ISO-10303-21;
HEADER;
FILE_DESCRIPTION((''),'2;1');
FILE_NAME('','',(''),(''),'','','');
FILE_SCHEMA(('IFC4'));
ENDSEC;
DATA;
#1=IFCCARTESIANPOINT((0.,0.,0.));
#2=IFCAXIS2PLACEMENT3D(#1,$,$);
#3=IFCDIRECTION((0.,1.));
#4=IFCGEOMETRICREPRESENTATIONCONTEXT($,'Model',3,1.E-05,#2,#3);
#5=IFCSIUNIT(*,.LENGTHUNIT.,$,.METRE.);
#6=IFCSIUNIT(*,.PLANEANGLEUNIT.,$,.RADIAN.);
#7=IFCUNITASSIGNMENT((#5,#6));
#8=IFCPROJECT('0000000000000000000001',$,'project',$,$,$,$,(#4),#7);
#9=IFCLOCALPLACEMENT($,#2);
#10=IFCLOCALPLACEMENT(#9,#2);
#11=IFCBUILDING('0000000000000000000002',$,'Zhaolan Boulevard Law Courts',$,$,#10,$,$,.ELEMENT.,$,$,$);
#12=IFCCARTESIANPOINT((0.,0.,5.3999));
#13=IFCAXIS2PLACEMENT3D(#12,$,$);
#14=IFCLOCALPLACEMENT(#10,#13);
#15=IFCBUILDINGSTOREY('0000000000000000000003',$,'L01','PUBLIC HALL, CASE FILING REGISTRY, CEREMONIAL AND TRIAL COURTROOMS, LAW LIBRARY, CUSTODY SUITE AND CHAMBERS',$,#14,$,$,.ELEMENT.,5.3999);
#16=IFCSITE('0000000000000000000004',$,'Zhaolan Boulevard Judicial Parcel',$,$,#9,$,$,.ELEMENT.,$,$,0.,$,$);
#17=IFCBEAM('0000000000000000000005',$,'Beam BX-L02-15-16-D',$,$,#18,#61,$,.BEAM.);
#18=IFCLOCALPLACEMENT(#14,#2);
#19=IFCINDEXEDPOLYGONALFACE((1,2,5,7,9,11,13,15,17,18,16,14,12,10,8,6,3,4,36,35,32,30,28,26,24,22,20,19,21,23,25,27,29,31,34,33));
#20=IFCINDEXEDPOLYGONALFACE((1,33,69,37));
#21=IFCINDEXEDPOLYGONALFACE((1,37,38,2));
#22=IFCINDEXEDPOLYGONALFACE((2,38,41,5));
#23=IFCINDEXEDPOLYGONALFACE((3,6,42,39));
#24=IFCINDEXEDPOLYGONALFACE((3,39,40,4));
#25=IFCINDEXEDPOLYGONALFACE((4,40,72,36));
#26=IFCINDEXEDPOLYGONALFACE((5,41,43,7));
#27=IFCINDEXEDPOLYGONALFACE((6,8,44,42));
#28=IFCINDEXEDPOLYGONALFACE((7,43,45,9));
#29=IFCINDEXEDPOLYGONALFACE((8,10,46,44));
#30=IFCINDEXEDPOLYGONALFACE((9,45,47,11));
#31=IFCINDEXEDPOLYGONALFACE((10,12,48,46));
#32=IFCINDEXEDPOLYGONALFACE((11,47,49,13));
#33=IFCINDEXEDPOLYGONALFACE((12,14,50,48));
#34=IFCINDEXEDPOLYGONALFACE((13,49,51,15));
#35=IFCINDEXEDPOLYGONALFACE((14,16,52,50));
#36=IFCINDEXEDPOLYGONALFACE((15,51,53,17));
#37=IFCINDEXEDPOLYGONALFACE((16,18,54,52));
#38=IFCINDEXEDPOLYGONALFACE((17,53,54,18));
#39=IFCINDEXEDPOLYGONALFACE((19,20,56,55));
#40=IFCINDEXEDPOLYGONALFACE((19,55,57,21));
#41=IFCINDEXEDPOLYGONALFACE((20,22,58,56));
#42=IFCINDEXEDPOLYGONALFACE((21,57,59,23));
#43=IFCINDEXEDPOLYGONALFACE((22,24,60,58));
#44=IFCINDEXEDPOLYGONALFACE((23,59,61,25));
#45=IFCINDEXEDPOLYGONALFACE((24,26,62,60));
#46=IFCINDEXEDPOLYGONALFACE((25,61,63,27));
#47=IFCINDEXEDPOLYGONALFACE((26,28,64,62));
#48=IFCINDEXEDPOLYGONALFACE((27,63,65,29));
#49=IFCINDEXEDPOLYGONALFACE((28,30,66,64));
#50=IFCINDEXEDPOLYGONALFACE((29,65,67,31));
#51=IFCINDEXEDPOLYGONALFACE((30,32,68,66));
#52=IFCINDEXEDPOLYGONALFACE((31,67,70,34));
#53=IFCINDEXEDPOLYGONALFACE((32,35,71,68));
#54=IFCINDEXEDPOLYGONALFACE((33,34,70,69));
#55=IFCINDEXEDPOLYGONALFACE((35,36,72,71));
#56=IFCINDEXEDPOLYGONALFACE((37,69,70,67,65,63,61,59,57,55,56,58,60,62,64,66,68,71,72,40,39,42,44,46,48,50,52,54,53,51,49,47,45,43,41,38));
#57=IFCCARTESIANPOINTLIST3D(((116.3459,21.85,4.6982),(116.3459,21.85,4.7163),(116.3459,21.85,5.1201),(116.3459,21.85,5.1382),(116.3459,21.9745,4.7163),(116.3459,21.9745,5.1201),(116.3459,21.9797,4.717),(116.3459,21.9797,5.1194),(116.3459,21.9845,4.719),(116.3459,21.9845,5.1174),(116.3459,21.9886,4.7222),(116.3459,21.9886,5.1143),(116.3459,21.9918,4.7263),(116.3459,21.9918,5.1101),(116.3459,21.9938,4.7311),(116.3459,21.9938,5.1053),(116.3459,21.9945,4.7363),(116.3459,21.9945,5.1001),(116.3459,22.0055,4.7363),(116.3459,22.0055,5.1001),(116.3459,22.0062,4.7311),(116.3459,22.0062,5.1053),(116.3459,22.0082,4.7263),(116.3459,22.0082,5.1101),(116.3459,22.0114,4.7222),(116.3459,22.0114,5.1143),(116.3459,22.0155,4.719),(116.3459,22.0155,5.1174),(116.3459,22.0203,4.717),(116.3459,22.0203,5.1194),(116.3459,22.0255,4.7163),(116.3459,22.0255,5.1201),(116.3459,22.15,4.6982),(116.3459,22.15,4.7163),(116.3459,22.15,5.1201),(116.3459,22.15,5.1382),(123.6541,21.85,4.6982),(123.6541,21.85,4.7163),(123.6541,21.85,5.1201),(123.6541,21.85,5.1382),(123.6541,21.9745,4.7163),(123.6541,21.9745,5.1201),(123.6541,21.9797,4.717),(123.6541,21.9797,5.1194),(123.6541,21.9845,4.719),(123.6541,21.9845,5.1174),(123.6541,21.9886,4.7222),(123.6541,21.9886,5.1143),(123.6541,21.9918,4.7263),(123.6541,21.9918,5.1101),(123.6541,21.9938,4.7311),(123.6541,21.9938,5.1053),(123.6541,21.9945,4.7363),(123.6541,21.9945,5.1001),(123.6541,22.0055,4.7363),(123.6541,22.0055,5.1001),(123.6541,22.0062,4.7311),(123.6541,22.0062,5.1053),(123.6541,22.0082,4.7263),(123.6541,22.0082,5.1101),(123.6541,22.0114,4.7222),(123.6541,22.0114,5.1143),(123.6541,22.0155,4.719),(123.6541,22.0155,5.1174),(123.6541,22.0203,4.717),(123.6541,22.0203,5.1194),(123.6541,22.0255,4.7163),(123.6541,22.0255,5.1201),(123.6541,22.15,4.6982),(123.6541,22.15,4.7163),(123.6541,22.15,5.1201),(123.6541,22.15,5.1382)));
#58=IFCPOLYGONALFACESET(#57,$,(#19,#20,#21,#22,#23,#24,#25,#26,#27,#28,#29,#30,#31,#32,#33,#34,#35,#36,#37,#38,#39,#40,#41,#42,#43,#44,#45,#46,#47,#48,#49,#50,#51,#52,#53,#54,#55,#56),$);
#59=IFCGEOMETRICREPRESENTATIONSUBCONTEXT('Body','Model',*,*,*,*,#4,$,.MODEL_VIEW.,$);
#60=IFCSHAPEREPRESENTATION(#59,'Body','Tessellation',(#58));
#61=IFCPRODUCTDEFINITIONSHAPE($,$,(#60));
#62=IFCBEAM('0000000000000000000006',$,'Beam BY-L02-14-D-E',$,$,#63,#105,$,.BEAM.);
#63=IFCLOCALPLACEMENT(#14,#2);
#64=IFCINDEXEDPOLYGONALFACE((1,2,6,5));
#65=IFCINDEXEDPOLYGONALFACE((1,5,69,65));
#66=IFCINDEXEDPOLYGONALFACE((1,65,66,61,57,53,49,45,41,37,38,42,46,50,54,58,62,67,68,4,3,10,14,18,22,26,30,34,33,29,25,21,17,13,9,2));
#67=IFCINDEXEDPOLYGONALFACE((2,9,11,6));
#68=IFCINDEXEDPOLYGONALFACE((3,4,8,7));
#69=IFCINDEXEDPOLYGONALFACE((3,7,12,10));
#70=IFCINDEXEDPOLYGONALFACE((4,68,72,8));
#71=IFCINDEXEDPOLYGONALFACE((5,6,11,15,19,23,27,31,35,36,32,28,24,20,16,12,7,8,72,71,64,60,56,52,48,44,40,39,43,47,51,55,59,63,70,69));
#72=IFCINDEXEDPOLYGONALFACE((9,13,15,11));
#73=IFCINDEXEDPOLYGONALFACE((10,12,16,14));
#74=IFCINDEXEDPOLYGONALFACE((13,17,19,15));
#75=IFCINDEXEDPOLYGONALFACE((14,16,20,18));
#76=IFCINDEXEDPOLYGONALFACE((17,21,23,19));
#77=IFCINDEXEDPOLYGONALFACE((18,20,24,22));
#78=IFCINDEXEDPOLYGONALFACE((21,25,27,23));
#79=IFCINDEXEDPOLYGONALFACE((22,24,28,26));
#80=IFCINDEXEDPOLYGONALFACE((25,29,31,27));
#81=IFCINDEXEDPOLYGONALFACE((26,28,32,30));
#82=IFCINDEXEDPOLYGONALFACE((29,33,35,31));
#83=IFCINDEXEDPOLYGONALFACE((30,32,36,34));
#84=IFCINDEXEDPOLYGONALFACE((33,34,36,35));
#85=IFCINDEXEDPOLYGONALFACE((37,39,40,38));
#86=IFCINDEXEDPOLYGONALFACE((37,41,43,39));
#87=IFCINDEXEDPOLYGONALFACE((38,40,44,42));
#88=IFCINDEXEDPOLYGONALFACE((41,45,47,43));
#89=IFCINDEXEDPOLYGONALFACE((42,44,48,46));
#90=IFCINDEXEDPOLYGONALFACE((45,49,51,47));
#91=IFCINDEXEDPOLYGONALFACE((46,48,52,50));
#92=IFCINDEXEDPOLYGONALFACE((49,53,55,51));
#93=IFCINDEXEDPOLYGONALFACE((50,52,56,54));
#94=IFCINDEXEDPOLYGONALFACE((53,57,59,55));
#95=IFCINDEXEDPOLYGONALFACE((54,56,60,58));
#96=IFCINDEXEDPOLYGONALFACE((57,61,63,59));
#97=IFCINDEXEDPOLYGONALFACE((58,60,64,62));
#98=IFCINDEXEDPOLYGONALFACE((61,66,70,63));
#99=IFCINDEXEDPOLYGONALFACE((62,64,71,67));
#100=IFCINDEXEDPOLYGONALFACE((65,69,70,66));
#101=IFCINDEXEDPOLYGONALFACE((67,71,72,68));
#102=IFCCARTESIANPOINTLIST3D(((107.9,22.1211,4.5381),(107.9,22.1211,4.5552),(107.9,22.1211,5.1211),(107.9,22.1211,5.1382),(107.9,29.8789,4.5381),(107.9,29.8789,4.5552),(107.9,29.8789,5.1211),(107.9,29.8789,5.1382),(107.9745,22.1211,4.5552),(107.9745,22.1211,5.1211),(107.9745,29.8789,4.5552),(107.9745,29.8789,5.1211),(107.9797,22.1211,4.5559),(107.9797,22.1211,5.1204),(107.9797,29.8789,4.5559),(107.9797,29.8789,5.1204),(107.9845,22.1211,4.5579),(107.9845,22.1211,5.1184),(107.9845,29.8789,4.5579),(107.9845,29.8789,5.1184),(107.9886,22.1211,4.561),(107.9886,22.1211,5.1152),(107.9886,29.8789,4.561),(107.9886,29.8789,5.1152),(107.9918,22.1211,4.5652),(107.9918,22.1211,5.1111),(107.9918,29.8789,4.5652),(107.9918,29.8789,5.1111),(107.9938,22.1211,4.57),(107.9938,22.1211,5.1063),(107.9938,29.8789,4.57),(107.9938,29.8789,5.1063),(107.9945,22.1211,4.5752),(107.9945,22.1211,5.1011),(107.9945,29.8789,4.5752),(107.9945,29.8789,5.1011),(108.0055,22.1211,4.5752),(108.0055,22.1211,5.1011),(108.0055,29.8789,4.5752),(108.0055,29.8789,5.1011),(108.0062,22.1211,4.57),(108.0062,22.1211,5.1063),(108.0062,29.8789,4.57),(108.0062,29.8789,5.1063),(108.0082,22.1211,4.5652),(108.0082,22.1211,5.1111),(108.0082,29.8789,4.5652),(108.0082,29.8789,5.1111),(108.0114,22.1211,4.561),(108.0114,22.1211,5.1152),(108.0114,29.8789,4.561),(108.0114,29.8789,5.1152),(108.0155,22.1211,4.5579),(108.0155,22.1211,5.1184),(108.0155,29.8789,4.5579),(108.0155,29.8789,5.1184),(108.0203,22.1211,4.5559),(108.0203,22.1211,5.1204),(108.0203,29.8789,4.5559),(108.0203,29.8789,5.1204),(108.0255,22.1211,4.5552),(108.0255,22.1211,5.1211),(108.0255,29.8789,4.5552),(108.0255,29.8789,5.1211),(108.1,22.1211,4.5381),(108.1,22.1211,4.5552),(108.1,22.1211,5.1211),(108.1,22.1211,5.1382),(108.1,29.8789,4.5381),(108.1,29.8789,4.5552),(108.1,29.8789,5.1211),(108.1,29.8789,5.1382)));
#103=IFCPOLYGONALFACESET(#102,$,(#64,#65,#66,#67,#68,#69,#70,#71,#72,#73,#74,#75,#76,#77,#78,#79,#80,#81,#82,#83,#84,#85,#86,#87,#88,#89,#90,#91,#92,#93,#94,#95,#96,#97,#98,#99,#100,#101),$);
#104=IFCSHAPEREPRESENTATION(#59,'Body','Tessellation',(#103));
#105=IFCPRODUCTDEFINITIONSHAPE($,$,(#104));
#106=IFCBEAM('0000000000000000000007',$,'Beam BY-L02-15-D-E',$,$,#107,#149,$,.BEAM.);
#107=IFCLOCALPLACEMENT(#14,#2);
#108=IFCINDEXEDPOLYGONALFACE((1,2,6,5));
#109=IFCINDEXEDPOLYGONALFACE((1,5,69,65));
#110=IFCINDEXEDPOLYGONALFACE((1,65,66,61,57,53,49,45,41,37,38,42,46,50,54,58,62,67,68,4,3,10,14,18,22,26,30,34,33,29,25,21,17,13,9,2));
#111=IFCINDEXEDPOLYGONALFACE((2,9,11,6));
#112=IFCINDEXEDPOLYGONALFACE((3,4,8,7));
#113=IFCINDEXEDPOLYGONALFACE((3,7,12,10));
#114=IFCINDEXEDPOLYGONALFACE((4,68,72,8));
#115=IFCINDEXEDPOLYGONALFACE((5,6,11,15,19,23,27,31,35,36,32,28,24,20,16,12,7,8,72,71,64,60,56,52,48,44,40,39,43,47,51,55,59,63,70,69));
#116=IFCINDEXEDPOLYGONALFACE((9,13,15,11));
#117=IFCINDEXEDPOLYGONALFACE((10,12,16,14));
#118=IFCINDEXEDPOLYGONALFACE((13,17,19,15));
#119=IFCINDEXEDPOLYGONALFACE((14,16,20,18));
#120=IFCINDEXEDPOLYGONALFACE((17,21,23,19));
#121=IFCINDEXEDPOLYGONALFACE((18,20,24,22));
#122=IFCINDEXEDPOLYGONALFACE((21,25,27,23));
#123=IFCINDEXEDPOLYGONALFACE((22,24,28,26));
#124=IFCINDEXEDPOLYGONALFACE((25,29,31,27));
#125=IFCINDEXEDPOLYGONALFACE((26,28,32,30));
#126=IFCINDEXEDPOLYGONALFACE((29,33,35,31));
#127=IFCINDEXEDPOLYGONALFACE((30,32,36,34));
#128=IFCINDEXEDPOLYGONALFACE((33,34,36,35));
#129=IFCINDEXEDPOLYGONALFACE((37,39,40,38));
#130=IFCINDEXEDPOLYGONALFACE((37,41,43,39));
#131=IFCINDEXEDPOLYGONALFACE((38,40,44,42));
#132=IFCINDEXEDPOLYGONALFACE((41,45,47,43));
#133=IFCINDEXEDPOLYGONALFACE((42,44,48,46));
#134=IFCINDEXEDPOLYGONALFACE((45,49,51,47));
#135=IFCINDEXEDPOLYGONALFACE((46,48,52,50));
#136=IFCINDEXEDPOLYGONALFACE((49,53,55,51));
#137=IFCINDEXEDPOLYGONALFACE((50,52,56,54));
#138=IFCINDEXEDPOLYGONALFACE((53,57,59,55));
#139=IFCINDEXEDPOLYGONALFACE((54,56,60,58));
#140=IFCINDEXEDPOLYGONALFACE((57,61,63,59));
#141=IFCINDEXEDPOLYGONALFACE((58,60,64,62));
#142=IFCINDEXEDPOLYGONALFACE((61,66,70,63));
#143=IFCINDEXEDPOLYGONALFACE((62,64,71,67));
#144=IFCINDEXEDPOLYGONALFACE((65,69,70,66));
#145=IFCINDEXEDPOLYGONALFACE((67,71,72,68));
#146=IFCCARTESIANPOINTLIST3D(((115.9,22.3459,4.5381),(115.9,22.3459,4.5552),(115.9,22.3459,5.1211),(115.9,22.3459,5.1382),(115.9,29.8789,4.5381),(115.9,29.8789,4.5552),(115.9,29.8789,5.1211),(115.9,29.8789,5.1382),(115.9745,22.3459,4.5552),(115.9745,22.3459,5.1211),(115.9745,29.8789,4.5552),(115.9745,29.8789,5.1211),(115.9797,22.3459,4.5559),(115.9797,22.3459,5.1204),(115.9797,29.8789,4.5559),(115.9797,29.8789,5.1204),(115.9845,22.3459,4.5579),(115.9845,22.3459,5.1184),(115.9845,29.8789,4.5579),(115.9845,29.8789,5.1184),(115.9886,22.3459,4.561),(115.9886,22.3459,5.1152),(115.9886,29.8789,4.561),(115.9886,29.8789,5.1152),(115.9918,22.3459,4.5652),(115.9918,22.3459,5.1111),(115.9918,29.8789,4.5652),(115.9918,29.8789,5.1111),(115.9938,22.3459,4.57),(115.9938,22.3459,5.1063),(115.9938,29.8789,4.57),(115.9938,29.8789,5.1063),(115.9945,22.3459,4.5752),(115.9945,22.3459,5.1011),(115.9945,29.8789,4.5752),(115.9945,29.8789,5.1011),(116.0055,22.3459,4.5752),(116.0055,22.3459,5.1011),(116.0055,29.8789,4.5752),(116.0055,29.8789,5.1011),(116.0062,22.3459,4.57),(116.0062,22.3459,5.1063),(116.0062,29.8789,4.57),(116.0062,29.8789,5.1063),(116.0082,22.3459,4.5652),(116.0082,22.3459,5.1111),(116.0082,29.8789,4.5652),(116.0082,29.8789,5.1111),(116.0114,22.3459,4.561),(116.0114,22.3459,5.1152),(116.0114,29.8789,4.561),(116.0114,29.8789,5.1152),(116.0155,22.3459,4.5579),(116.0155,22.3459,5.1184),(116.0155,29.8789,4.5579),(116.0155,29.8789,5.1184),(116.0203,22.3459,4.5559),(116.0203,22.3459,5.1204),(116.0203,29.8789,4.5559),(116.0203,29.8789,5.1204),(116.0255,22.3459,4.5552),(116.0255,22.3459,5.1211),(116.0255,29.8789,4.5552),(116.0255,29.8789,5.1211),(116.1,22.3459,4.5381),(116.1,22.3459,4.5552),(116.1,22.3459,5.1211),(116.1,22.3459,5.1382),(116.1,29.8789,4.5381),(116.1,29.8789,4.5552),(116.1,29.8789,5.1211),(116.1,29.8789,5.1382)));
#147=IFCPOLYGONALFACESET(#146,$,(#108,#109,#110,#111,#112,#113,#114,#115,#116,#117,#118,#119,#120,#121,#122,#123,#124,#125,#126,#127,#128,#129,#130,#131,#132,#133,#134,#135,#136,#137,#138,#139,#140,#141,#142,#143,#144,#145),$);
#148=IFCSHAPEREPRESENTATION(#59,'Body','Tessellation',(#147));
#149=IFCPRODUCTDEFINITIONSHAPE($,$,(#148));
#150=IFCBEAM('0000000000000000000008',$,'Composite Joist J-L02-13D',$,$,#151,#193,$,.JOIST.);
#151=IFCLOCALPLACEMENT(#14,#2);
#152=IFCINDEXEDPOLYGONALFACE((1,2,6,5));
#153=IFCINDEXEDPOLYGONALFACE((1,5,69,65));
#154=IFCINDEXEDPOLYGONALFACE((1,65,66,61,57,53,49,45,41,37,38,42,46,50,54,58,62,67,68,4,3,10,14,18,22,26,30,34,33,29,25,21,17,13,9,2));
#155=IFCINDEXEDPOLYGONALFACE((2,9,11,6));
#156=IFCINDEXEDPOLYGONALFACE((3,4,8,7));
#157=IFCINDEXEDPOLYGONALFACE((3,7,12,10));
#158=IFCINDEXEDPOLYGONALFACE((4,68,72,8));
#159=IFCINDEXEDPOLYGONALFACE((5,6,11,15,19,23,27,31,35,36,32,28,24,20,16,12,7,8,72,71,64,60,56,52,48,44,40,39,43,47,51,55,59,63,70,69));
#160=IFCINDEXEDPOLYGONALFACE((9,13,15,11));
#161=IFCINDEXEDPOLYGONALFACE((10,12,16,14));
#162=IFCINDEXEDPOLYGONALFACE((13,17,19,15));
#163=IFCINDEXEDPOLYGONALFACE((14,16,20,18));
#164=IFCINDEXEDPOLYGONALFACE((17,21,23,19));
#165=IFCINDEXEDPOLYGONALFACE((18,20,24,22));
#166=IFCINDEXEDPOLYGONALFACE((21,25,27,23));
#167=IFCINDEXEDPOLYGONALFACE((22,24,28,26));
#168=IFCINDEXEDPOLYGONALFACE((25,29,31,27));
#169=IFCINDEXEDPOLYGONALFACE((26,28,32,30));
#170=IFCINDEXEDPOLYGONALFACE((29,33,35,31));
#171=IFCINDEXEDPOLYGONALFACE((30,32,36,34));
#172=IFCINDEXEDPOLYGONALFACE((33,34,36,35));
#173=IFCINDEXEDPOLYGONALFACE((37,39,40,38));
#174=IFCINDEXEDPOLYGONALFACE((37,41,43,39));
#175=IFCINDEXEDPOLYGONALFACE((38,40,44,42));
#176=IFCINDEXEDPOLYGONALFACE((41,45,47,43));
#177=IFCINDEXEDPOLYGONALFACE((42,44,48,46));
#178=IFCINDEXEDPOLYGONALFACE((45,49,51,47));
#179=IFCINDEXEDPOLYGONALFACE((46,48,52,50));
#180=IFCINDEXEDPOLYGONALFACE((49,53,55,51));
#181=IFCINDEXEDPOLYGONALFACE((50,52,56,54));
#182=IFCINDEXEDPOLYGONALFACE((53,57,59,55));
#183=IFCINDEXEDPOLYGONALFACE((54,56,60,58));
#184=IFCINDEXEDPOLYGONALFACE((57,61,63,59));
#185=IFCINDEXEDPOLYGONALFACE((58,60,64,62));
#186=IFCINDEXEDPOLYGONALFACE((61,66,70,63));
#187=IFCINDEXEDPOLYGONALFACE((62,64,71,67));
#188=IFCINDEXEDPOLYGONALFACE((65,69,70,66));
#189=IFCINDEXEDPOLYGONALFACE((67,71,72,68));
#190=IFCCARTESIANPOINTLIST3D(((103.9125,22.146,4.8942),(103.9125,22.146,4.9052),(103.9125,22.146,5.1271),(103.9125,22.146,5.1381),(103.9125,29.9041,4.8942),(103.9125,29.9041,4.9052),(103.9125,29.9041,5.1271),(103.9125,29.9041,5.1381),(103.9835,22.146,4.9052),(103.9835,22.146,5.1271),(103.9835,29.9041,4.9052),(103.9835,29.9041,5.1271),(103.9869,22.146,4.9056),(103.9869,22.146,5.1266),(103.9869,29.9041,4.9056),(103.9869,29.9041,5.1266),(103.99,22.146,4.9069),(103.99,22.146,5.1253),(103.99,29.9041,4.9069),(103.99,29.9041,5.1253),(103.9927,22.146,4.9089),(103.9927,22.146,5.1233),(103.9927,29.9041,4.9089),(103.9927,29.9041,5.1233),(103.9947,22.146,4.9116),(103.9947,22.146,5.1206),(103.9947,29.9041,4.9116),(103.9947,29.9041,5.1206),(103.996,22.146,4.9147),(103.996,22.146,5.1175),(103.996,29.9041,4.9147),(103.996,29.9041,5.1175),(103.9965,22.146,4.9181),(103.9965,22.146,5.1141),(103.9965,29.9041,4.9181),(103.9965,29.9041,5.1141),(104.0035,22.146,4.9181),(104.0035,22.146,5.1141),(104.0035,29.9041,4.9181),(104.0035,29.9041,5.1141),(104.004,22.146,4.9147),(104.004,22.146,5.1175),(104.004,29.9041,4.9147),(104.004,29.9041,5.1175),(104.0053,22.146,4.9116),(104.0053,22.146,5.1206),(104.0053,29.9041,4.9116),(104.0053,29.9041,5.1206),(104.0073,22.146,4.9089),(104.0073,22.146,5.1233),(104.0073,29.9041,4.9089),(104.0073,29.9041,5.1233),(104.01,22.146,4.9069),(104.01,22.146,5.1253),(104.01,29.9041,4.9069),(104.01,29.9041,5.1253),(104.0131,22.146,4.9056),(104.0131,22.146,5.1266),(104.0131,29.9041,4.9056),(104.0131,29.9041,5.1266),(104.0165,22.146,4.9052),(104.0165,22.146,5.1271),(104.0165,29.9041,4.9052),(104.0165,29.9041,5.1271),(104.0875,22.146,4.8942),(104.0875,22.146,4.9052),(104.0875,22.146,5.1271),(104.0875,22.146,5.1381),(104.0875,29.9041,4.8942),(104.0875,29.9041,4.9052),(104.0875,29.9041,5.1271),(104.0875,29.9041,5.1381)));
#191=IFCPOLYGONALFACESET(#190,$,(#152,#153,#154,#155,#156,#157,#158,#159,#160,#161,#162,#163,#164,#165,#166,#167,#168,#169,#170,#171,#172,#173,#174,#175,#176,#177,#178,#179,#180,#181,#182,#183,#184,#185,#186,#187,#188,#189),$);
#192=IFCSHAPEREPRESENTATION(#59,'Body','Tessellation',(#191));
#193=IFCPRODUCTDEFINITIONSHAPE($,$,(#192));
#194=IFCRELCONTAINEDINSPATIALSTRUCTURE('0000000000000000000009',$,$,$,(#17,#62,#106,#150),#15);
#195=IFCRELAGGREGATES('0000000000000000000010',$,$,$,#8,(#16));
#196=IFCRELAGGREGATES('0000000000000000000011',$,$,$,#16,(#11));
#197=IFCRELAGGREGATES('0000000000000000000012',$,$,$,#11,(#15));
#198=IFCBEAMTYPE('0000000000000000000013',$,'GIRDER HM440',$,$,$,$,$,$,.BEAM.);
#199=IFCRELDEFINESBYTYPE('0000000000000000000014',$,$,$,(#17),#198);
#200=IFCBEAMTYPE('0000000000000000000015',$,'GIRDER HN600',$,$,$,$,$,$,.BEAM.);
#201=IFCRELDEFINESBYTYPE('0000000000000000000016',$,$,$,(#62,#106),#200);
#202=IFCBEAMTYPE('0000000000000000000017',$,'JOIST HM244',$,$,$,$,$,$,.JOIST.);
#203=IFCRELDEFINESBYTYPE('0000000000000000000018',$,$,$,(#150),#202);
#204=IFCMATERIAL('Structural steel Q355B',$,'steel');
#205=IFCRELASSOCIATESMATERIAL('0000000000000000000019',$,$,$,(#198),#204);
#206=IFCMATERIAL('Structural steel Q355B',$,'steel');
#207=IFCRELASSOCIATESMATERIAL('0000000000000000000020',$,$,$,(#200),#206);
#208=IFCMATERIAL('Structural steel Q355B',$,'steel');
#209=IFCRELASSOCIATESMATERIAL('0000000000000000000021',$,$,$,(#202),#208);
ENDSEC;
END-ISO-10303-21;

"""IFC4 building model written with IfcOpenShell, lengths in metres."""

from ifc_helpers import new_model, si_unit, direction, frame, origin, origin_2d, place, context, subcontext, project, spatial, i_section, extrude, material, material_profile, profile_set, type_object, element, save


model = new_model("IFC4")

# Units and contexts
model_context = context("Model", 3, precision=1e-05, world=origin(), true_north=direction((0.0, 1.0)))
body_context = subcontext(model_context, "Body", "Model", "MODEL_VIEW")
ifc_project = project(units=[si_unit("LENGTHUNIT", "METRE"), si_unit("PLANEANGLEUNIT", "RADIAN")], contexts=[model_context])

# Site, building, storey
site_placement = place(None, origin())
site = spatial("IfcSite", under=ifc_project, at=site_placement, Name="Zhaolan Boulevard Judicial Parcel", CompositionType="ELEMENT", RefElevation=0.0)
building_placement = place(site_placement, origin())
building = spatial("IfcBuilding", under=site, at=building_placement, Name="Zhaolan Boulevard Law Courts", CompositionType="ELEMENT")
storey_placement = place(building_placement, frame((0.0, 0.0, 5.3999)))
storey = spatial("IfcBuildingStorey", under=building, at=storey_placement, Name="L01", Description="PUBLIC HALL, CASE FILING REGISTRY, CEREMONIAL AND TRIAL COURTROOMS, LAW LIBRARY, CUSTODY SUITE AND CHAMBERS", CompositionType="ELEMENT", Elevation=5.3999)

# Beams
ifc_material_1 = material(Name="Structural steel Q355B", Category="steel")
ifc_material_profile_1 = material_profile(ifc_material_1, i_section(OverallWidth=0.3, OverallDepth=0.4399, WebThickness=0.011, FlangeThickness=0.0181, FilletRadius=0.02, at=origin_2d()), Name="HM440x300")
ifc_profile_set_1 = profile_set([ifc_material_profile_1], Name="Structural steel Q355B")
beam_type_1 = type_object("IfcBeamType", Name="GIRDER HM440", PredefinedType="BEAM", material=ifc_profile_set_1)
beam_1_placement = place(storey_placement, frame((116.3459, 22.0, 4.9182), z_axis=(1.0, 0.0, 0.0), x_axis=(0.0, 1.0, 0.0)))
element("IfcBeam", 1, at=beam_1_placement, inside=storey, type_object=beam_type_1, Name="Beam BX-L02-15-16-D", PredefinedType="BEAM", context=body_context, shape_type="SweptSolid", body=[
    extrude(i_section(OverallWidth=0.3, OverallDepth=0.4399, WebThickness=0.011, FlangeThickness=0.0181, FilletRadius=0.02, at=origin_2d()), origin(), (0.0, 0.0, 1.0), 7.3081),
])
ifc_material_2 = material(Name="Structural steel Q355B", Category="steel")
ifc_material_profile_2 = material_profile(ifc_material_2, i_section(OverallWidth=0.2, OverallDepth=0.6001, WebThickness=0.011, FlangeThickness=0.0171, FilletRadius=0.02, at=origin_2d()), Name="HN600x200")
ifc_profile_set_2 = profile_set([ifc_material_profile_2], Name="Structural steel Q355B")
beam_type_2 = type_object("IfcBeamType", Name="GIRDER HN600", PredefinedType="BEAM", material=ifc_profile_set_2)
beam_2_placement = place(storey_placement, frame((108.0, 22.1211, 4.8381), z_axis=(0.0, 1.0, 0.0), x_axis=(-1.0, 0.0, 0.0)))
element("IfcBeam", 2, at=beam_2_placement, inside=storey, type_object=beam_type_2, Name="Beam BY-L02-14-D-E", PredefinedType="BEAM", context=body_context, shape_type="SweptSolid", body=[
    extrude(i_section(OverallWidth=0.2, OverallDepth=0.6001, WebThickness=0.011, FlangeThickness=0.0171, FilletRadius=0.02, at=origin_2d()), origin(), (0.0, 0.0, 1.0), 7.7578),
])
beam_3_placement = place(storey_placement, frame((116.0, 22.3459, 4.8381), z_axis=(0.0, 1.0, 0.0), x_axis=(-1.0, 0.0, 0.0)))
element("IfcBeam", 3, at=beam_3_placement, inside=storey, type_object=beam_type_2, Name="Beam BY-L02-15-D-E", PredefinedType="BEAM", context=body_context, shape_type="SweptSolid", body=[
    extrude(i_section(OverallWidth=0.2, OverallDepth=0.6001, WebThickness=0.011, FlangeThickness=0.0171, FilletRadius=0.02, at=origin_2d()), origin(), (0.0, 0.0, 1.0), 7.533),
])
ifc_material_3 = material(Name="Structural steel Q355B", Category="steel")
ifc_material_profile_3 = material_profile(ifc_material_3, i_section(OverallWidth=0.175, OverallDepth=0.2439, WebThickness=0.0071, FlangeThickness=0.011, FilletRadius=0.0129, at=origin_2d()), Name="HM244x175")
ifc_profile_set_3 = profile_set([ifc_material_profile_3], Name="Structural steel Q355B")
beam_type_3 = type_object("IfcBeamType", Name="JOIST HM244", PredefinedType="JOIST", material=ifc_profile_set_3)
beam_4_placement = place(storey_placement, frame((104.0, 22.146, 5.0161), z_axis=(0.0, 1.0, 0.0), x_axis=(-1.0, 0.0, 0.0)))
element("IfcBeam", 4, at=beam_4_placement, inside=storey, type_object=beam_type_3, Name="Composite Joist J-L02-13D", PredefinedType="JOIST", context=body_context, shape_type="SweptSolid", body=[
    extrude(i_section(OverallWidth=0.175, OverallDepth=0.2439, WebThickness=0.0071, FlangeThickness=0.011, FilletRadius=0.0129, at=origin_2d()), origin(), (0.0, 0.0, 1.0), 7.7581),
])

save(model, "model.ifc")
